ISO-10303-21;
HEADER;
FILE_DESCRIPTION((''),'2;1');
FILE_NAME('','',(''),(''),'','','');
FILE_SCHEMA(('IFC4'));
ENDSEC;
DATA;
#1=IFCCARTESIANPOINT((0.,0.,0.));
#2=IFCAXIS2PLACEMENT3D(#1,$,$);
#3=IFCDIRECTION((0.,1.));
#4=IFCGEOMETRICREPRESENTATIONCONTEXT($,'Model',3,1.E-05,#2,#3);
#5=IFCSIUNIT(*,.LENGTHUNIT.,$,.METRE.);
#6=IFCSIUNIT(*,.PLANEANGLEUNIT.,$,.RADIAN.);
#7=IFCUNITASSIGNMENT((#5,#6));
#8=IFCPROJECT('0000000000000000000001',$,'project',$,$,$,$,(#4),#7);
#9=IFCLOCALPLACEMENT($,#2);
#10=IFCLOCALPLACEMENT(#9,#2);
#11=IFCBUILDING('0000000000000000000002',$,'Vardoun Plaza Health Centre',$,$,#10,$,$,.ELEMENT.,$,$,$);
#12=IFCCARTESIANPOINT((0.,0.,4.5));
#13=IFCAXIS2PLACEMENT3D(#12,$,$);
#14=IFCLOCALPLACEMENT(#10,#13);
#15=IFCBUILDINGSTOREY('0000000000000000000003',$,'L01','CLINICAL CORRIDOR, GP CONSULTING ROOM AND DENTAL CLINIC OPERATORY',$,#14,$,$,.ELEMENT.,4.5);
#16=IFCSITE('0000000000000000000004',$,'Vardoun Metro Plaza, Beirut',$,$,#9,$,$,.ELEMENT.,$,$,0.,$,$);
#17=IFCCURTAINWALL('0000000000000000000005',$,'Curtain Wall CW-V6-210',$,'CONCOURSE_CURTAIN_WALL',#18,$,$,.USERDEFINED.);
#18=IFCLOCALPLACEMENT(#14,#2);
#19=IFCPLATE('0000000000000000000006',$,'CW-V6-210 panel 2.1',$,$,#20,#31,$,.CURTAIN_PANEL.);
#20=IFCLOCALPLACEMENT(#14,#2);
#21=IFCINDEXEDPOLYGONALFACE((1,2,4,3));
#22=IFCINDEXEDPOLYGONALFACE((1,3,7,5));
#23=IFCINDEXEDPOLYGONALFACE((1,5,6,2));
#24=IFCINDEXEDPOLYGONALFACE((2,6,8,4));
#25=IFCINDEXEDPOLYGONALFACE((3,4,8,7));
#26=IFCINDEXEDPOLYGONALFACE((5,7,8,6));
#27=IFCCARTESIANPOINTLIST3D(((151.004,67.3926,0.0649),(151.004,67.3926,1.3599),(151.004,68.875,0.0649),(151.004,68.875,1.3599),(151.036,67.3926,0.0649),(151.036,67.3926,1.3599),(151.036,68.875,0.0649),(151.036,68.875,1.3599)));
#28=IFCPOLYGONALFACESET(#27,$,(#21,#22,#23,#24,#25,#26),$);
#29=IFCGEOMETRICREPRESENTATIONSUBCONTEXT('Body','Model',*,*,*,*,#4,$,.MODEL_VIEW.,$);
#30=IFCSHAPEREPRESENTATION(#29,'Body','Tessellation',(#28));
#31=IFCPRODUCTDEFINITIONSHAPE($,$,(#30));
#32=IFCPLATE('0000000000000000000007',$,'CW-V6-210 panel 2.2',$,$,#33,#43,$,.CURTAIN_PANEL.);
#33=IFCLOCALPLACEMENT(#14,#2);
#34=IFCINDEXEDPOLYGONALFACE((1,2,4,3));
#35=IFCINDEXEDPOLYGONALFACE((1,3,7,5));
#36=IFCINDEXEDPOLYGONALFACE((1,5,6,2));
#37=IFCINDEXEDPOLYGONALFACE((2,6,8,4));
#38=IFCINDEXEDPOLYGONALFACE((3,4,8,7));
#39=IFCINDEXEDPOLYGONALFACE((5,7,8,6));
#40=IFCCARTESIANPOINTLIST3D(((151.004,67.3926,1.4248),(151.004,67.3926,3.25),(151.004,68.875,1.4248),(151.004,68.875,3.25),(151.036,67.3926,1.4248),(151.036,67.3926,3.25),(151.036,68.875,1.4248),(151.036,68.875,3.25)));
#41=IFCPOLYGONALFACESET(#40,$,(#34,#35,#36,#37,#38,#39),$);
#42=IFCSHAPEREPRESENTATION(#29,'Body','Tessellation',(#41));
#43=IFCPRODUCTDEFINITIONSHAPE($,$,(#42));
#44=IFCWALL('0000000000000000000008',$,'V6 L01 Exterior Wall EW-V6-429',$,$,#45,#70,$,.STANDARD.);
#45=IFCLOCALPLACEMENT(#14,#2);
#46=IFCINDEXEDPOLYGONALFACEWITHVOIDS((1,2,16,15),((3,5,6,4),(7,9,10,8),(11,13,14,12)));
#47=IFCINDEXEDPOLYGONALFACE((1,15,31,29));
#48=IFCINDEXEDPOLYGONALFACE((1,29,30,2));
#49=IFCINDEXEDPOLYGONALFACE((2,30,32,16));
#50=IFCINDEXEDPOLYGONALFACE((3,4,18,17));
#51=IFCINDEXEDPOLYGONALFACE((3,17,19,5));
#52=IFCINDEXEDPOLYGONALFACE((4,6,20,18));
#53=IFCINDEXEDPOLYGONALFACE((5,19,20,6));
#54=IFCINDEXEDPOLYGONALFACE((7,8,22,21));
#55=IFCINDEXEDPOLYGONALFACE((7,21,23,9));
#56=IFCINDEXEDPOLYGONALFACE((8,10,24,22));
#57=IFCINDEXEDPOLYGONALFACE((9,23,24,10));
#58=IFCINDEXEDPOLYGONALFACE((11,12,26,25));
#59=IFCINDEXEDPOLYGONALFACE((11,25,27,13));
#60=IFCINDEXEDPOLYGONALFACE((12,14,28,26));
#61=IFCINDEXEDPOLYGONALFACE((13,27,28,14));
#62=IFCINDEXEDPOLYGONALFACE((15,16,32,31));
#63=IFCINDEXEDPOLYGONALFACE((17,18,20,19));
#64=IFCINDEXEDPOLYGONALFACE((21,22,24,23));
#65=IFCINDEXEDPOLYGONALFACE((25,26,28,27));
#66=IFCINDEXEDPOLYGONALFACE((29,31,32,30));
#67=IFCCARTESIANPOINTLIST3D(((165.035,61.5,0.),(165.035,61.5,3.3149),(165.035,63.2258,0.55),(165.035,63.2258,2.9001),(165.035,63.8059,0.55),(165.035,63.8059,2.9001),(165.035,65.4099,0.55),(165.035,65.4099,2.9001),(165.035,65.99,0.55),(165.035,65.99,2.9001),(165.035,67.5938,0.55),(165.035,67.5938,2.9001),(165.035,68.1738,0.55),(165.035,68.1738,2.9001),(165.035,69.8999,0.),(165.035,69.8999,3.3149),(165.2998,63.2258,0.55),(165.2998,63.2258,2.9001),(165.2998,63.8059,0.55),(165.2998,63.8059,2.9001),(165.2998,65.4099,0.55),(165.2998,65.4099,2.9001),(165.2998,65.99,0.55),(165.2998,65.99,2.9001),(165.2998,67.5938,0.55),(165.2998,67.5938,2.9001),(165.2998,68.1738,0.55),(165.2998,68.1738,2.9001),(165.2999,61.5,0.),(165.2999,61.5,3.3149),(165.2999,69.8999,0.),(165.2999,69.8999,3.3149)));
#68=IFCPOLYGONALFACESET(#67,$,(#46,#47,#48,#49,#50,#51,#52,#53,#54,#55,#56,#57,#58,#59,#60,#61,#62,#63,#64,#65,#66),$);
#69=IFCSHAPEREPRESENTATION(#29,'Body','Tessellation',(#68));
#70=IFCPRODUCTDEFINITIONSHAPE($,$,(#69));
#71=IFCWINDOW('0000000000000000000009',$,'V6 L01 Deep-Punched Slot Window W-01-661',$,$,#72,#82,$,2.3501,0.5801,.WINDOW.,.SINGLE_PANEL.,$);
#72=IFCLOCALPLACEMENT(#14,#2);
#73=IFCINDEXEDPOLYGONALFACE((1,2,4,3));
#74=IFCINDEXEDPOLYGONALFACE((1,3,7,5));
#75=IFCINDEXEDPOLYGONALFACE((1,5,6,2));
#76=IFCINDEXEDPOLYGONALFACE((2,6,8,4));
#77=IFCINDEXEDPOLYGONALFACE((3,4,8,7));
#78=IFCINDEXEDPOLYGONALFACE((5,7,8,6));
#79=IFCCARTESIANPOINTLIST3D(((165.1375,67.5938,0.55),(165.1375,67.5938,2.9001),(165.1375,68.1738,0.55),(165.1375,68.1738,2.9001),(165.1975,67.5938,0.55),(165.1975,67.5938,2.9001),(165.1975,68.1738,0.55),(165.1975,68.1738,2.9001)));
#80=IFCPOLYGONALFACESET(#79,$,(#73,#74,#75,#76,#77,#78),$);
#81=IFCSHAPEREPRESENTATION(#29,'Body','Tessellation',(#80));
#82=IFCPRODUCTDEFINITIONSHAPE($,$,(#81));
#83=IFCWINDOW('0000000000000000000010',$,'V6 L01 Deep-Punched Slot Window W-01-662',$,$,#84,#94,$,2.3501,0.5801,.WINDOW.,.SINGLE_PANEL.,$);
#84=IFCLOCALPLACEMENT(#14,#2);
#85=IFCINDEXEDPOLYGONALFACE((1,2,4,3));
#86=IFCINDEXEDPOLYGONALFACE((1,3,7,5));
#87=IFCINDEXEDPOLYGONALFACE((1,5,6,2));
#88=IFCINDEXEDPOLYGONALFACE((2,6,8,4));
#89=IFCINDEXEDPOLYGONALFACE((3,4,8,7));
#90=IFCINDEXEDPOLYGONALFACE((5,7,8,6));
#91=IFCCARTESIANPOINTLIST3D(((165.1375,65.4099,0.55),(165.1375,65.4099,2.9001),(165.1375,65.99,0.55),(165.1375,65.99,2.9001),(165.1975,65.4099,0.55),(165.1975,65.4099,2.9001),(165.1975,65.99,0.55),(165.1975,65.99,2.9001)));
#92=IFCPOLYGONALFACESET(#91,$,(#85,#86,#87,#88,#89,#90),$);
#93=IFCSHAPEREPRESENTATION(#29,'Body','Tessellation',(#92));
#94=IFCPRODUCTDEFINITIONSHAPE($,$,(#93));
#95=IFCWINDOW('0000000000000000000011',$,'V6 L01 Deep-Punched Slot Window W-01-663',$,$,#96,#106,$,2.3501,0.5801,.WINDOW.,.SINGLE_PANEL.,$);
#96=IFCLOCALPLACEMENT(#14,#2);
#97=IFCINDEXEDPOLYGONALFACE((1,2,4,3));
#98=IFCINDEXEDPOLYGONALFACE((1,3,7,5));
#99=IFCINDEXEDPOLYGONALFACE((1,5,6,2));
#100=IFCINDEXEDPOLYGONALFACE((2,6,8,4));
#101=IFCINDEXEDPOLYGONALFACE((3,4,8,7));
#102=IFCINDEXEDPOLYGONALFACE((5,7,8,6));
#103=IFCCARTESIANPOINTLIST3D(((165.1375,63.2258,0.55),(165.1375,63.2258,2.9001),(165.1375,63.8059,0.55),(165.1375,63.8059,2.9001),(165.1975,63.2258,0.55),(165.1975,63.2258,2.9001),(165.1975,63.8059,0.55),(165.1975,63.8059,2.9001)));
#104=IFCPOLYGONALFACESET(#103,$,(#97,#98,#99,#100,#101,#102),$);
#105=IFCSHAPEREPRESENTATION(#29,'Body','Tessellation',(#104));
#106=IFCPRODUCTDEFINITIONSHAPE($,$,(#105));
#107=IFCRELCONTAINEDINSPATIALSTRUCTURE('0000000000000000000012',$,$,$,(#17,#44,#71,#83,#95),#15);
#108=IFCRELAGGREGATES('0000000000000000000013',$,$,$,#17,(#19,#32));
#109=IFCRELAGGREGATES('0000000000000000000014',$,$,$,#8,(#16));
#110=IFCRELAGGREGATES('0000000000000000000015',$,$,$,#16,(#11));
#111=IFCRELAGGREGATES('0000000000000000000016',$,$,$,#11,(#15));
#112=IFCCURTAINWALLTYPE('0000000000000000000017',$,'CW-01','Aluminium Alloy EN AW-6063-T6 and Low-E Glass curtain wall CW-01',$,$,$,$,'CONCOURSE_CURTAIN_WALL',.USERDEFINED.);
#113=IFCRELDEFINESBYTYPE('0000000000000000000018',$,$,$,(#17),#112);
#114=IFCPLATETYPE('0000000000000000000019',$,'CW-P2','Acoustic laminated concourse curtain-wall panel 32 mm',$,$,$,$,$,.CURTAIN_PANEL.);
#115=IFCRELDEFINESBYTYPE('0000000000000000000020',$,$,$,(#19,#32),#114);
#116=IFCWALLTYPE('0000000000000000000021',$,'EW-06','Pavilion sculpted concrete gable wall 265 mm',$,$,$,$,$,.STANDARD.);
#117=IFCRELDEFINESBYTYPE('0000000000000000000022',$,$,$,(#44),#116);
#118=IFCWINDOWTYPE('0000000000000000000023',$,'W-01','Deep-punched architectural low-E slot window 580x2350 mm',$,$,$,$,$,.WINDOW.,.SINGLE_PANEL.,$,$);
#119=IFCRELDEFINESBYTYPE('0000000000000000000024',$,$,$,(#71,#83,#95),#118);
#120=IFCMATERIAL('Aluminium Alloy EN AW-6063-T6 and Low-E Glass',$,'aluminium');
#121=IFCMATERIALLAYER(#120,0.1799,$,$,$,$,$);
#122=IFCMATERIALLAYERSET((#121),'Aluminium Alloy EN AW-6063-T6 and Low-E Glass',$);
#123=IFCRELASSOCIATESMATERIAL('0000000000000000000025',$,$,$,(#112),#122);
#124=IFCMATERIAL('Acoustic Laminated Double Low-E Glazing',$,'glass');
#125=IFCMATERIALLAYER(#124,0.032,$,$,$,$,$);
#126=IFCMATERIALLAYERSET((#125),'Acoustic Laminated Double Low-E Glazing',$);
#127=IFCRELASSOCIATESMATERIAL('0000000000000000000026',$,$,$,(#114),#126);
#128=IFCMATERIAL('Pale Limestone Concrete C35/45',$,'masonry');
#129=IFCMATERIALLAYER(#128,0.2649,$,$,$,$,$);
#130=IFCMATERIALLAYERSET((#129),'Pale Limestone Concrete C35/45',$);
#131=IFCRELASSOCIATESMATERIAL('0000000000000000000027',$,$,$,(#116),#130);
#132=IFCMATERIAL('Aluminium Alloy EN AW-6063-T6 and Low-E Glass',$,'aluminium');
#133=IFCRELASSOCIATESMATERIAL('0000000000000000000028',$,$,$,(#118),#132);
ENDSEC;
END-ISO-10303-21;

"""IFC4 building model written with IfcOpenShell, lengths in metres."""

from ifc_helpers import new_model, si_unit, direction, frame, frame_2d, origin, origin_2d, place, context, subcontext, project, spatial, rectangle, extrude, material, layer, layer_set, type_object, element, fill, aggregate, save


model = new_model("IFC4")

# Units and contexts
model_context = context("Model", 3, precision=1e-05, world=origin(), true_north=direction((0.0, 1.0)))
body_context = subcontext(model_context, "Body", "Model", "MODEL_VIEW")
ifc_project = project(units=[si_unit("LENGTHUNIT", "METRE"), si_unit("PLANEANGLEUNIT", "RADIAN")], contexts=[model_context])

# Site, building, storey
site_placement = place(None, origin())
site = spatial("IfcSite", under=ifc_project, at=site_placement, Name="Vardoun Metro Plaza, Beirut", CompositionType="ELEMENT", RefElevation=0.0)
building_placement = place(site_placement, origin())
building = spatial("IfcBuilding", under=site, at=building_placement, Name="Vardoun Plaza Health Centre", CompositionType="ELEMENT")
storey_placement = place(building_placement, frame((0.0, 0.0, 4.5)))
storey = spatial("IfcBuildingStorey", under=building, at=storey_placement, Name="L01", Description="CLINICAL CORRIDOR, GP CONSULTING ROOM AND DENTAL CLINIC OPERATORY", CompositionType="ELEMENT", Elevation=4.5)

# Curtain wall, plates
ifc_material_1 = material(Name="Aluminium Alloy EN AW-6063-T6 and Low-E Glass", Category="aluminium")
ifc_layer_1 = layer(ifc_material_1, 0.1799)
ifc_layer_set_1 = layer_set([ifc_layer_1], Name="Aluminium Alloy EN AW-6063-T6 and Low-E Glass")
curtain_wall_type = type_object("IfcCurtainWallType", Name="CW-01", Description="Aluminium Alloy EN AW-6063-T6 and Low-E Glass curtain wall CW-01", ElementType="CONCOURSE_CURTAIN_WALL", PredefinedType="USERDEFINED", material=ifc_layer_set_1)
curtain_wall_placement = place(storey_placement, origin())
curtain_wall = element("IfcCurtainWall", 1, at=curtain_wall_placement, inside=storey, type_object=curtain_wall_type, Name="Curtain Wall CW-V6-210", ObjectType="CONCOURSE_CURTAIN_WALL", PredefinedType="USERDEFINED")
ifc_material_2 = material(Name="Acoustic Laminated Double Low-E Glazing", Category="glass")
ifc_layer_2 = layer(ifc_material_2, 0.032)
ifc_layer_set_2 = layer_set([ifc_layer_2], Name="Acoustic Laminated Double Low-E Glazing")
plate_type = type_object("IfcPlateType", Name="CW-P2", Description="Acoustic laminated concourse curtain-wall panel 32 mm", PredefinedType="CURTAIN_PANEL", material=ifc_layer_set_2)
plate_1_placement = place(storey_placement, frame((151.02, 68.1338, 0.0649), z_axis=(0.0, 0.0, 1.0), x_axis=(0.0, 1.0, 0.0)))
plate_1 = element("IfcPlate", 2, at=plate_1_placement, type_object=plate_type, Name="CW-V6-210 panel 2.1", PredefinedType="CURTAIN_PANEL", context=body_context, shape_type="SweptSolid", body=[
    extrude(rectangle(XDim=1.4824, YDim=0.032, at=origin_2d()), origin(), (0.0, 0.0, 1.0), 1.2949),
])
plate_2_placement = place(storey_placement, frame((151.02, 68.1338, 1.4248), z_axis=(0.0, 0.0, 1.0), x_axis=(0.0, 1.0, 0.0)))
plate_2 = element("IfcPlate", 3, at=plate_2_placement, type_object=plate_type, Name="CW-V6-210 panel 2.2", PredefinedType="CURTAIN_PANEL", context=body_context, shape_type="SweptSolid", body=[
    extrude(rectangle(XDim=1.4824, YDim=0.032, at=origin_2d()), origin(), (0.0, 0.0, 1.0), 1.8252),
])
aggregate(curtain_wall, [plate_1, plate_2])

# Wall, openings, windows
ifc_material_3 = material(Name="Pale Limestone Concrete C35/45", Category="masonry")
ifc_layer_3 = layer(ifc_material_3, 0.2649)
ifc_layer_set_3 = layer_set([ifc_layer_3], Name="Pale Limestone Concrete C35/45")
wall_type = type_object("IfcWallType", Name="EW-06", Description="Pavilion sculpted concrete gable wall 265 mm", PredefinedType="STANDARD", material=ifc_layer_set_3)
wall_placement = place(storey_placement, frame((165.1675, 69.8999, 0.0), z_axis=(0.0, 0.0, 1.0), x_axis=(0.0, -1.0, 0.0)))
wall = element("IfcWall", 4, at=wall_placement, inside=storey, type_object=wall_type, Name="V6 L01 Exterior Wall EW-V6-429", PredefinedType="STANDARD", context=body_context, shape_type="SweptSolid", body=[
    extrude(rectangle(XDim=8.3999, YDim=0.2649, at=frame_2d((4.2, 0.0))), origin(), (0.0, 0.0, 1.0), 3.3149),
])
opening_1_placement = place(wall_placement, frame((1.7261, 0.0, 0.55)))
opening_1 = element("IfcOpeningElement", 5, at=opening_1_placement, cuts=wall, PredefinedType="OPENING", context=body_context, shape_type="SweptSolid", body=[
    extrude(rectangle(XDim=0.5801, YDim=2.3501, at=frame_2d((0.29, 1.175))), frame((0.0, 0.1323, 0.0), z_axis=(0.0, -1.0, 0.0), x_axis=(1.0, 0.0, 0.0)), (0.0, 0.0, 1.0), 0.2649),
])
opening_2_placement = place(wall_placement, frame((3.9099, 0.0, 0.55)))
opening_2 = element("IfcOpeningElement", 6, at=opening_2_placement, cuts=wall, PredefinedType="OPENING", context=body_context, shape_type="SweptSolid", body=[
    extrude(rectangle(XDim=0.5801, YDim=2.3501, at=frame_2d((0.29, 1.175))), frame((0.0, 0.1323, 0.0), z_axis=(0.0, -1.0, 0.0), x_axis=(1.0, 0.0, 0.0)), (0.0, 0.0, 1.0), 0.2649),
])
opening_3_placement = place(wall_placement, frame((6.094, 0.0, 0.55)))
opening_3 = element("IfcOpeningElement", 7, at=opening_3_placement, cuts=wall, PredefinedType="OPENING", context=body_context, shape_type="SweptSolid", body=[
    extrude(rectangle(XDim=0.5801, YDim=2.3501, at=frame_2d((0.29, 1.175))), frame((0.0, 0.1323, 0.0), z_axis=(0.0, -1.0, 0.0), x_axis=(1.0, 0.0, 0.0)), (0.0, 0.0, 1.0), 0.2649),
])
ifc_material_4 = material(Name="Aluminium Alloy EN AW-6063-T6 and Low-E Glass", Category="aluminium")
window_type = type_object("IfcWindowType", Name="W-01", Description="Deep-punched architectural low-E slot window 580x2350 mm", PartitioningType="SINGLE_PANEL", PredefinedType="WINDOW", material=ifc_material_4)
window_1_placement = place(opening_1_placement, origin())
window_1 = element("IfcWindow", 8, at=window_1_placement, inside=storey, type_object=window_type, Name="V6 L01 Deep-Punched Slot Window W-01-661", OverallHeight=2.3501, OverallWidth=0.5801, PartitioningType="SINGLE_PANEL", PredefinedType="WINDOW", context=body_context, shape_type="SweptSolid", body=[
    extrude(rectangle(XDim=0.5801, YDim=2.3501, at=frame_2d((0.29, 1.175))), frame((0.0, 0.03, 0.0), z_axis=(0.0, -1.0, 0.0), x_axis=(1.0, 0.0, 0.0)), (0.0, 0.0, 1.0), 0.0601),
])
fill(opening_1, window_1)
window_2_placement = place(opening_2_placement, origin())
window_2 = element("IfcWindow", 9, at=window_2_placement, inside=storey, type_object=window_type, Name="V6 L01 Deep-Punched Slot Window W-01-662", OverallHeight=2.3501, OverallWidth=0.5801, PartitioningType="SINGLE_PANEL", PredefinedType="WINDOW", context=body_context, shape_type="SweptSolid", body=[
    extrude(rectangle(XDim=0.5801, YDim=2.3501, at=frame_2d((0.29, 1.175))), frame((0.0, 0.03, 0.0), z_axis=(0.0, -1.0, 0.0), x_axis=(1.0, 0.0, 0.0)), (0.0, 0.0, 1.0), 0.0601),
])
fill(opening_2, window_2)
window_3_placement = place(opening_3_placement, origin())
window_3 = element("IfcWindow", 10, at=window_3_placement, inside=storey, type_object=window_type, Name="V6 L01 Deep-Punched Slot Window W-01-663", OverallHeight=2.3501, OverallWidth=0.5801, PartitioningType="SINGLE_PANEL", PredefinedType="WINDOW", context=body_context, shape_type="SweptSolid", body=[
    extrude(rectangle(XDim=0.5801, YDim=2.3501, at=frame_2d((0.29, 1.175))), frame((0.0, 0.03, 0.0), z_axis=(0.0, -1.0, 0.0), x_axis=(1.0, 0.0, 0.0)), (0.0, 0.0, 1.0), 0.0601),
])
fill(opening_3, window_3)

save(model, "model.ifc")
